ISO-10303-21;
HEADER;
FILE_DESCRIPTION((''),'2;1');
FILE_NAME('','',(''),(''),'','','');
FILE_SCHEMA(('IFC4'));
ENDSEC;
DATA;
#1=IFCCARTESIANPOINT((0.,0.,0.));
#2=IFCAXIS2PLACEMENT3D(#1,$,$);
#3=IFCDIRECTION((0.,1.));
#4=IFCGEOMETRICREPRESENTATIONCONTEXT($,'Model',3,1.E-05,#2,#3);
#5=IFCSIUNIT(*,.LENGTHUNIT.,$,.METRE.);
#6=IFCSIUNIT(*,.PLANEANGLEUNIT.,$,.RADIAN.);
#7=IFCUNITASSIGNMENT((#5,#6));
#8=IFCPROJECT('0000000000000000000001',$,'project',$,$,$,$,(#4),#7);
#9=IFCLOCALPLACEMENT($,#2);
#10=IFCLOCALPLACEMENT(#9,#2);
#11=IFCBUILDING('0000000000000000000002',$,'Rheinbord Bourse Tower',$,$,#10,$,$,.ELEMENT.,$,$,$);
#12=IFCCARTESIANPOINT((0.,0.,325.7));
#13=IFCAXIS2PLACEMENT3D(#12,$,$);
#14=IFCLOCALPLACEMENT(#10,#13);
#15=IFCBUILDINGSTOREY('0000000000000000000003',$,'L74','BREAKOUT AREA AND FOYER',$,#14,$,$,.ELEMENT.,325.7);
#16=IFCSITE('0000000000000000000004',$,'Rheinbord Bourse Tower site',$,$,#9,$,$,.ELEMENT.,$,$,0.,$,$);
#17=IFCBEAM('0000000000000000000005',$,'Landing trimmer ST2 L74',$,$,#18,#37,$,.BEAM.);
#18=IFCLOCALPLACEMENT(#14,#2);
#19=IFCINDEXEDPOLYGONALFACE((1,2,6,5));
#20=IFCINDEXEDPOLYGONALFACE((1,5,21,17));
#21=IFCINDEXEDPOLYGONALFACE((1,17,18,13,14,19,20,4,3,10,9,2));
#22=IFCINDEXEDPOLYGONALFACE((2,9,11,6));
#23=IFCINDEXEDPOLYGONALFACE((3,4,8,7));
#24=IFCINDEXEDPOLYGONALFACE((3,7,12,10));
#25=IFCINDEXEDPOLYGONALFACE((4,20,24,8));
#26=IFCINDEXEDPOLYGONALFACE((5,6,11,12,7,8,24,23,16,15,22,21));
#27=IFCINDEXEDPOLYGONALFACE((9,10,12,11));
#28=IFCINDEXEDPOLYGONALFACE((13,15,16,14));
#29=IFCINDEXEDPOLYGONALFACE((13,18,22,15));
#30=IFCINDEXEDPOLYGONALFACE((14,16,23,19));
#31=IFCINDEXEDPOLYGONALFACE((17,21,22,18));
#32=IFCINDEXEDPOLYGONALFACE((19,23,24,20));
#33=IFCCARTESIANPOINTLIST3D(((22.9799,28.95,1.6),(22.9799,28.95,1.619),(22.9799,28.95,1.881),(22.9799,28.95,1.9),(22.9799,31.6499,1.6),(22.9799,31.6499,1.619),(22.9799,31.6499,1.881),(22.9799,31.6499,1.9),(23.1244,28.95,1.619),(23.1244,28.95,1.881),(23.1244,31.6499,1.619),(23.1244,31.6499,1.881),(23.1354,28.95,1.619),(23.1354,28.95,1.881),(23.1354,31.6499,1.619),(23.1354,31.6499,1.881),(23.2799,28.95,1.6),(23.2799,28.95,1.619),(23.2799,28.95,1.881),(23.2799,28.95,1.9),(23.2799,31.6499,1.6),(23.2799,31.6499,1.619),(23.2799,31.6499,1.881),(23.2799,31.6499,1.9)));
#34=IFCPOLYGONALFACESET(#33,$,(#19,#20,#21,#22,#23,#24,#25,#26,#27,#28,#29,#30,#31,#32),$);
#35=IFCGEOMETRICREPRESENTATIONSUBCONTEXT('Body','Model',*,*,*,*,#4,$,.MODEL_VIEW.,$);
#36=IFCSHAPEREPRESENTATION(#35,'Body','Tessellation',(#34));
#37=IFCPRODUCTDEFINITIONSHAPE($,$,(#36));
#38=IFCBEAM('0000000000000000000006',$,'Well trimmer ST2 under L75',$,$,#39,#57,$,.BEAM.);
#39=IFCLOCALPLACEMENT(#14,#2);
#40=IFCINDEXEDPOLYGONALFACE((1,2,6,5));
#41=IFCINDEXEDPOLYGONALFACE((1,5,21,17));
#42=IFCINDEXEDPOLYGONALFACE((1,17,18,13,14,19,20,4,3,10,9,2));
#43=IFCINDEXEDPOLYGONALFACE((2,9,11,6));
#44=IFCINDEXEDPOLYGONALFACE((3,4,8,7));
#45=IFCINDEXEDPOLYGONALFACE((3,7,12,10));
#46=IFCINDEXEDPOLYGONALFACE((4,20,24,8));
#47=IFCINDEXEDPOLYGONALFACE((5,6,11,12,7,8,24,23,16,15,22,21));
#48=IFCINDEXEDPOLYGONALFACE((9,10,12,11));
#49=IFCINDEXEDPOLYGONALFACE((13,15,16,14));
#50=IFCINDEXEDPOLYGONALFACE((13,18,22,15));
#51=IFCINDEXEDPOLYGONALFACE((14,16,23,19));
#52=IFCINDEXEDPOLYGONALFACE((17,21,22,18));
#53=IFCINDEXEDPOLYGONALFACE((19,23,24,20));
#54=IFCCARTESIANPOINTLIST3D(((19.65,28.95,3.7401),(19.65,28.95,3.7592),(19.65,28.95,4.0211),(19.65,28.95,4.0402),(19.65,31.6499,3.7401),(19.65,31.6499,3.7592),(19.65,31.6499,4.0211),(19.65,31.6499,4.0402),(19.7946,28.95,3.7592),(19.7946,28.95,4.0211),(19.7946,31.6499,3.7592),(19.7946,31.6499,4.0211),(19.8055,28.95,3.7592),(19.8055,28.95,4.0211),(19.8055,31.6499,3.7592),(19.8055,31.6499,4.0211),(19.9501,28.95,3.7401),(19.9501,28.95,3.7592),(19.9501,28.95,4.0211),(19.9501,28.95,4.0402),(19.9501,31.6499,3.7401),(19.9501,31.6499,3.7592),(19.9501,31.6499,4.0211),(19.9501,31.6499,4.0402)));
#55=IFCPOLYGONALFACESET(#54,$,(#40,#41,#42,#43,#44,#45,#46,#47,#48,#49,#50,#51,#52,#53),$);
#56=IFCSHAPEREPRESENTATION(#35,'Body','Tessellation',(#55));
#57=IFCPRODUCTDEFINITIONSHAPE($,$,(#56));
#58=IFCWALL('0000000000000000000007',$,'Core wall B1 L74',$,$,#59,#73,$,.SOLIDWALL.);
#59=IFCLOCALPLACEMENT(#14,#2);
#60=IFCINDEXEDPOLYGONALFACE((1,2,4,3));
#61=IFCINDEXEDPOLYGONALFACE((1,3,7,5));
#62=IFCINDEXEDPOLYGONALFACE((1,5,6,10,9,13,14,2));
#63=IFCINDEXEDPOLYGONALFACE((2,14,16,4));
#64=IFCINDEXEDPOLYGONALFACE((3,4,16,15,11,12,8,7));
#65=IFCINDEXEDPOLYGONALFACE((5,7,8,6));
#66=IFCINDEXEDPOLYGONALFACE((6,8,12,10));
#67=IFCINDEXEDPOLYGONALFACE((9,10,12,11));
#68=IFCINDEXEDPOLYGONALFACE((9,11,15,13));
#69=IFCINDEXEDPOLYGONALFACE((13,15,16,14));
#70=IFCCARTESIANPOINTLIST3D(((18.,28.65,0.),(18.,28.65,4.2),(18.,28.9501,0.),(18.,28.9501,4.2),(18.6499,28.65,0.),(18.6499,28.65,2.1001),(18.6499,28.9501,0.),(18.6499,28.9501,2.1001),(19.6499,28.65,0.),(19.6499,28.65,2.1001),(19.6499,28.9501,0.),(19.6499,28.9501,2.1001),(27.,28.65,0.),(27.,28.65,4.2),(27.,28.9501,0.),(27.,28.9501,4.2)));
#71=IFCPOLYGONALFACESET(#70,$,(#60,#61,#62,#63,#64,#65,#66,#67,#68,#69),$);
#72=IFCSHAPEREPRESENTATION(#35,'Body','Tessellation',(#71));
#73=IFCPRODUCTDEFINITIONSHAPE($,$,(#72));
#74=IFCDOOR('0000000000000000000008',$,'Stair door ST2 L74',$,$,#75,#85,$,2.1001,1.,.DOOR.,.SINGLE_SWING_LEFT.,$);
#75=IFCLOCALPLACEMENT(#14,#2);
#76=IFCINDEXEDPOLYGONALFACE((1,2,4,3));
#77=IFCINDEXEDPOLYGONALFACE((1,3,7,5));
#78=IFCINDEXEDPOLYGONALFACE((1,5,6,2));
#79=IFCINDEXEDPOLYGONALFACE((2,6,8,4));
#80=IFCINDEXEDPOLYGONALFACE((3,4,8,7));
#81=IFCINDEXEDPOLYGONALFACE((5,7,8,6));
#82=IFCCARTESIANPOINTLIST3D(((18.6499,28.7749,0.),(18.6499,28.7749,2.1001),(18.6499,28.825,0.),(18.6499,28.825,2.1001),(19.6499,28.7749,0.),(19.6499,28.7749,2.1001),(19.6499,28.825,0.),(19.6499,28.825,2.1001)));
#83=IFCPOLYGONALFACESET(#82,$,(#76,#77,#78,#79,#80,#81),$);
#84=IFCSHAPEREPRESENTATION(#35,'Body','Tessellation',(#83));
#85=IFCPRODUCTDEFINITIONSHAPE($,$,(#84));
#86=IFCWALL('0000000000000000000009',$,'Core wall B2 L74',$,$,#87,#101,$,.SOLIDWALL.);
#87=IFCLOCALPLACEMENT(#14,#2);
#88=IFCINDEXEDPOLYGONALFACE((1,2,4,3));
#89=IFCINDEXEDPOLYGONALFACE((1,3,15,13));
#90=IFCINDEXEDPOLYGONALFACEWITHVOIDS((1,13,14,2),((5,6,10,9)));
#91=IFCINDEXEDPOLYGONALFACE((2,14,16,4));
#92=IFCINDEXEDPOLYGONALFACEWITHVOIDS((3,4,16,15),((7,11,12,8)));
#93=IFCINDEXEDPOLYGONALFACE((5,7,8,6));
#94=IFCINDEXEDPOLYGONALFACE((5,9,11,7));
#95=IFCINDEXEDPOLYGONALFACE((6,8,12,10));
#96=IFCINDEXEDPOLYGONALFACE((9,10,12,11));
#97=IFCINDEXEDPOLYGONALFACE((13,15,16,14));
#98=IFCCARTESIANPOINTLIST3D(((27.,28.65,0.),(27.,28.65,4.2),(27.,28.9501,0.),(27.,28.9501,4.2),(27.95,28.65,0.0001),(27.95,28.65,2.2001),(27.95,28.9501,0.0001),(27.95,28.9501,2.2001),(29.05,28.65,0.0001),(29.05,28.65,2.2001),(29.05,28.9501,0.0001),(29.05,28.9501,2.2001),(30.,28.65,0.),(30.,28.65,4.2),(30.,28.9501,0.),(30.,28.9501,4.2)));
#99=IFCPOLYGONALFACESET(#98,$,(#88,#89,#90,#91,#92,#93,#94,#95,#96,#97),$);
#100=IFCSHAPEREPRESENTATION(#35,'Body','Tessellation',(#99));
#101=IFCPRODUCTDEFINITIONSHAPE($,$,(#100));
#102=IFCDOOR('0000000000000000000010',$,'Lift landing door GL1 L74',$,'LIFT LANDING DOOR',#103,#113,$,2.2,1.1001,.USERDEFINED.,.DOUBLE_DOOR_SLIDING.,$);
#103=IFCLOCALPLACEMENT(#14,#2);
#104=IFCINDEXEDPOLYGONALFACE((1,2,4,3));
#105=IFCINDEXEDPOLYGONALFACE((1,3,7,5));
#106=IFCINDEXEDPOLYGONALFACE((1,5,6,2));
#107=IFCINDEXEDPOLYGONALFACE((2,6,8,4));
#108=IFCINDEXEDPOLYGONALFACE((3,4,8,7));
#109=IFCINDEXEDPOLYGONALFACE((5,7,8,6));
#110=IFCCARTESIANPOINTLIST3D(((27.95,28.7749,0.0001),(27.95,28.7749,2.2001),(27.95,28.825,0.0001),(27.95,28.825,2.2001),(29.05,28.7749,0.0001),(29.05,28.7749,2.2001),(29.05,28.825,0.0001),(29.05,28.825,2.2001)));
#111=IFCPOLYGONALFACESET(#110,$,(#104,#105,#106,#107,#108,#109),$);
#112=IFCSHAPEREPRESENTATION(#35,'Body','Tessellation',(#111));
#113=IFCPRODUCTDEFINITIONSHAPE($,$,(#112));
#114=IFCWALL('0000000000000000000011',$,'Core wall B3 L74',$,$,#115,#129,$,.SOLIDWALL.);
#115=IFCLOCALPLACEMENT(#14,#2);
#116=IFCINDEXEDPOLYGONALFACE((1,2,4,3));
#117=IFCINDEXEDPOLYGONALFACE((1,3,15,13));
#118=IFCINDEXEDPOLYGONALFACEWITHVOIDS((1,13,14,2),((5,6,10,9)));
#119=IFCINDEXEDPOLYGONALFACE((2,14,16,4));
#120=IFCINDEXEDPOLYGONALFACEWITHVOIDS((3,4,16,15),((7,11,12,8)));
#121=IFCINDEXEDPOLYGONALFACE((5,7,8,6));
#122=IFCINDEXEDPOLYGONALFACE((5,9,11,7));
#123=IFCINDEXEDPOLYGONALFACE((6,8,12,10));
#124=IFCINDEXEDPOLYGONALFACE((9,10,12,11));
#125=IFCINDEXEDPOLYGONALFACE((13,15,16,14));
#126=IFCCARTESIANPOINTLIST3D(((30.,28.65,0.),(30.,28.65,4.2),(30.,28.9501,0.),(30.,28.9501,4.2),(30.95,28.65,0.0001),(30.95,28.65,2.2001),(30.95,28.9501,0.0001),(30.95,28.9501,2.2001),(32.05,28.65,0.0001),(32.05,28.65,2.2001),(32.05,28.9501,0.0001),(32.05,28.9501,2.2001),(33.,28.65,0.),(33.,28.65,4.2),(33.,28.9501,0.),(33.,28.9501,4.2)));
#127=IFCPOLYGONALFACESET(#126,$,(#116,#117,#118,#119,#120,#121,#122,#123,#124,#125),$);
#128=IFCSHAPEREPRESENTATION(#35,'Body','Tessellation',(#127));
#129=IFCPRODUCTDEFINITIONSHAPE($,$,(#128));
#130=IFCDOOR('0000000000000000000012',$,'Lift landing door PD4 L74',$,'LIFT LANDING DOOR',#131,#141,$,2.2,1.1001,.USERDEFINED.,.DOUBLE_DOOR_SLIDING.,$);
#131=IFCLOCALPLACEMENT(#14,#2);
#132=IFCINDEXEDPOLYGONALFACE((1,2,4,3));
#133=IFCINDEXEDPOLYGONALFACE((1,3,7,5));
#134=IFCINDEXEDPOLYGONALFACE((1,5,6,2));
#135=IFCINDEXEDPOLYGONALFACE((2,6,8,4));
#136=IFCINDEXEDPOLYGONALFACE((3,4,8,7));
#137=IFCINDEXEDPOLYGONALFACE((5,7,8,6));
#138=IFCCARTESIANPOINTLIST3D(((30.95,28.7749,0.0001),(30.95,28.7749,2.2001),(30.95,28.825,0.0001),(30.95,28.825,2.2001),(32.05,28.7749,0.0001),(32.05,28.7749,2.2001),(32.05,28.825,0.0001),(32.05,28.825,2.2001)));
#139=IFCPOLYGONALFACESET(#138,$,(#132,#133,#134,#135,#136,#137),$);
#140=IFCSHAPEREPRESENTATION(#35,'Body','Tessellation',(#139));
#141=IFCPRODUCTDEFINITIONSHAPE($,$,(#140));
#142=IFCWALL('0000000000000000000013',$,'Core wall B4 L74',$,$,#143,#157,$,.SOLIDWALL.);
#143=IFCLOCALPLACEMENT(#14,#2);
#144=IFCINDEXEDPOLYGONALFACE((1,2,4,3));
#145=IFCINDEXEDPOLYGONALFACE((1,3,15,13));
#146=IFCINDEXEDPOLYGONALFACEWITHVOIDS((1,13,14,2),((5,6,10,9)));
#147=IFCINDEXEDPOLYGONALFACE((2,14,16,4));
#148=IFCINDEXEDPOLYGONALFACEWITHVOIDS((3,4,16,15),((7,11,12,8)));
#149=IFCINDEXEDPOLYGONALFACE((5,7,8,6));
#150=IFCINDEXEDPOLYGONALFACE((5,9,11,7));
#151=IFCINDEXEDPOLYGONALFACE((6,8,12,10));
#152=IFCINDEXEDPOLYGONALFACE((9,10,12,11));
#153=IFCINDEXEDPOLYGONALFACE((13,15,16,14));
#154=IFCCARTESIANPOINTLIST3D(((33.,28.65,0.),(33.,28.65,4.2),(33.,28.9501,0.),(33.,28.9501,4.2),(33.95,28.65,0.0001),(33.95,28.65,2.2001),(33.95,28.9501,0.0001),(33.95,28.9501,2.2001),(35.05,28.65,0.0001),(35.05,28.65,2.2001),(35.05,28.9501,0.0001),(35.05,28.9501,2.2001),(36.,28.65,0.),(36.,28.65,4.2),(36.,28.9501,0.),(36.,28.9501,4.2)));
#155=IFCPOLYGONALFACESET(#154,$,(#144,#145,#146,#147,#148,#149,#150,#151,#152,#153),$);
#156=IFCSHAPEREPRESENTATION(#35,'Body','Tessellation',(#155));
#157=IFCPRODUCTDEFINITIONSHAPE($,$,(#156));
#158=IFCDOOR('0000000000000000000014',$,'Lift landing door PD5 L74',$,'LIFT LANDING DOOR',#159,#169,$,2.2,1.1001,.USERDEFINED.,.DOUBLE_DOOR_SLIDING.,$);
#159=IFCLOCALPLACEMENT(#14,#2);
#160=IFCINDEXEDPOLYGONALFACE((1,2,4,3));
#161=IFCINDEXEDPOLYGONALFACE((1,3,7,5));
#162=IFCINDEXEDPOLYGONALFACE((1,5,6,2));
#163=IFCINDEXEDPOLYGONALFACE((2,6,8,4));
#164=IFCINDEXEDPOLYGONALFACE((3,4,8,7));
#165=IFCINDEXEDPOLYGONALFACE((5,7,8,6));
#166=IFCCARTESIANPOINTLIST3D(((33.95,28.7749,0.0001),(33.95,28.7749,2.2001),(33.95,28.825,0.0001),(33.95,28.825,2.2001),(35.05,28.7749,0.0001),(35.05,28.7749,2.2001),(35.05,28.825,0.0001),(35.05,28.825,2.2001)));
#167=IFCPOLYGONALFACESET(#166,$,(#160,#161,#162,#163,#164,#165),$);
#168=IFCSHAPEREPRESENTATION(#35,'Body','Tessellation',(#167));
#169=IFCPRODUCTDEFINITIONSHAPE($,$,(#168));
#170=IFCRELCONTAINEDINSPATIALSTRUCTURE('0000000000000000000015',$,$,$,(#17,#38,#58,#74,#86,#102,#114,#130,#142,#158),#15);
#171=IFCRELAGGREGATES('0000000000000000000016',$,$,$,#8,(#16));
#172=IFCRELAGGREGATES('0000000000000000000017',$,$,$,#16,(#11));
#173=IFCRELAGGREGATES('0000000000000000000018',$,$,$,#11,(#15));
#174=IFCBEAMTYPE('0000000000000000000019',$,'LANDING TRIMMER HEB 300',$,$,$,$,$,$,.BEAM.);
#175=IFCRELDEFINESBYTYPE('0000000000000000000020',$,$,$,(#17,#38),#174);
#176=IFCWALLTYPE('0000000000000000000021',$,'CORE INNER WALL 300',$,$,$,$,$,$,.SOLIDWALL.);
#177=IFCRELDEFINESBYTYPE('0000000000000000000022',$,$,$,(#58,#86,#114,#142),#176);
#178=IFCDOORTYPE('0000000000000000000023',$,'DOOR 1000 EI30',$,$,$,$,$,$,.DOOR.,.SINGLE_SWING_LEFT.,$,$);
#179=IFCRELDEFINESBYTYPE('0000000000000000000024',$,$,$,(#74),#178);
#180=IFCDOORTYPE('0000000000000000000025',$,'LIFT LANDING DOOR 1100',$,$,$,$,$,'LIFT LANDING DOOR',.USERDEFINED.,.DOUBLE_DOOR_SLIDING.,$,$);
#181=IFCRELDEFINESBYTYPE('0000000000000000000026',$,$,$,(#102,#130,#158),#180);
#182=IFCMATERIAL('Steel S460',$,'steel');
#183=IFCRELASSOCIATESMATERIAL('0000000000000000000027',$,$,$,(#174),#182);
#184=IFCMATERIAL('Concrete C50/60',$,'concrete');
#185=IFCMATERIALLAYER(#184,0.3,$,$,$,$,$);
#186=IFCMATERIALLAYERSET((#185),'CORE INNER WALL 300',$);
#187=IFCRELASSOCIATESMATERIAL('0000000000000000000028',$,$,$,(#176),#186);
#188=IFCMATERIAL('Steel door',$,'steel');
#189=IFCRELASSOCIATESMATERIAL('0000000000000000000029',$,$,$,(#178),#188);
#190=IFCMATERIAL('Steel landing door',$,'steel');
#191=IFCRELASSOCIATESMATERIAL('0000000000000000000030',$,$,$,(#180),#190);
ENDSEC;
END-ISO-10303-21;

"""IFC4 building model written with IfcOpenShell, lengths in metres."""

from ifc_helpers import new_model, si_unit, direction, frame, frame_2d, origin, origin_2d, place, context, subcontext, project, spatial, rectangle, i_section, extrude, material, layer, layer_set, material_profile, profile_set, type_object, element, fill, save


model = new_model("IFC4")

# Units and contexts
model_context = context("Model", 3, precision=1e-05, world=origin(), true_north=direction((0.0, 1.0)))
body_context = subcontext(model_context, "Body", "Model", "MODEL_VIEW")
ifc_project = project(units=[si_unit("LENGTHUNIT", "METRE"), si_unit("PLANEANGLEUNIT", "RADIAN")], contexts=[model_context])

# Site, building, storey
site_placement = place(None, origin())
site = spatial("IfcSite", under=ifc_project, at=site_placement, Name="Rheinbord Bourse Tower site", CompositionType="ELEMENT", RefElevation=0.0)
building_placement = place(site_placement, origin())
building = spatial("IfcBuilding", under=site, at=building_placement, Name="Rheinbord Bourse Tower", CompositionType="ELEMENT")
storey_placement = place(building_placement, frame((0.0, 0.0, 325.7)))
storey = spatial("IfcBuildingStorey", under=building, at=storey_placement, Name="L74", Description="BREAKOUT AREA AND FOYER", CompositionType="ELEMENT", Elevation=325.7)

# Beams
ifc_material_1 = material(Name="Steel S460", Category="steel")
ifc_material_profile = material_profile(ifc_material_1, i_section(OverallWidth=0.3, OverallDepth=0.3, WebThickness=0.011, FlangeThickness=0.019, at=origin_2d()), Name="HEB 300")
ifc_profile_set = profile_set([ifc_material_profile], Name="Steel S460")
beam_type = type_object("IfcBeamType", Name="LANDING TRIMMER HEB 300", PredefinedType="BEAM", material=ifc_profile_set)
for number, where, z_axis, x_axis, name in (
    (1, (23.1299, 28.95, 1.75), (0.0, 1.0, 0.0), (-1.0, 0.0, 0.0), "Landing trimmer ST2 L74"),
    (2, (19.8, 28.95, 3.8901), (0.0, 1.0, 0.0), (-1.0, 0.0, 0.0), "Well trimmer ST2 under L75"),
):
    element("IfcBeam", number, at=place(storey_placement, frame(where, z_axis=z_axis, x_axis=x_axis)), inside=storey, type_object=beam_type, Name=name, PredefinedType="BEAM", context=body_context, shape_type="SweptSolid", body=[
        extrude(i_section(OverallWidth=0.3, OverallDepth=0.3, WebThickness=0.011, FlangeThickness=0.019, at=origin_2d()), origin(), (0.0, 0.0, 1.0), 2.7),
    ])

# Walls, openings, doors
ifc_material_2 = material(Name="Concrete C50/60", Category="concrete")
ifc_layer_1 = layer(ifc_material_2, 0.3)
ifc_layer_set_1 = layer_set([ifc_layer_1], Name="CORE INNER WALL 300")
wall_type_1 = type_object("IfcWallType", Name="CORE INNER WALL 300", PredefinedType="SOLIDWALL", material=ifc_layer_set_1)
wall_1_placement = place(storey_placement, frame((18.0, 28.8, 0.0), z_axis=(0.0, 0.0, 1.0), x_axis=(1.0, 0.0, 0.0)))
wall_1 = element("IfcWall", 3, at=wall_1_placement, inside=storey, type_object=wall_type_1, Name="Core wall B1 L74", PredefinedType="SOLIDWALL", context=body_context, shape_type="SweptSolid", body=[
    extrude(rectangle(XDim=9.0, YDim=0.3, at=frame_2d((4.5, 0.0))), origin(), (0.0, 0.0, 1.0), 4.2),
])
opening_1_placement = place(wall_1_placement, frame((0.6499, 0.0, 0.0)))
opening_1 = element("IfcOpeningElement", 4, at=opening_1_placement, cuts=wall_1, PredefinedType="OPENING", context=body_context, shape_type="SweptSolid", body=[
    extrude(rectangle(XDim=1.0, YDim=2.1001, at=frame_2d((0.5, 1.05))), frame((0.0, 0.1599, 0.0), z_axis=(0.0, -1.0, 0.0), x_axis=(1.0, 0.0, 0.0)), (0.0, 0.0, 1.0), 0.3201),
])
ifc_material_3 = material(Name="Steel door", Category="steel")
door_type_1 = type_object("IfcDoorType", Name="DOOR 1000 EI30", OperationType="SINGLE_SWING_LEFT", PredefinedType="DOOR", material=ifc_material_3)
door_1_placement = place(opening_1_placement, origin())
door_1 = element("IfcDoor", 5, at=door_1_placement, inside=storey, type_object=door_type_1, Name="Stair door ST2 L74", OperationType="SINGLE_SWING_LEFT", OverallHeight=2.1001, OverallWidth=1.0, PredefinedType="DOOR", context=body_context, shape_type="SweptSolid", body=[
    extrude(rectangle(XDim=1.0, YDim=2.1001, at=frame_2d((0.5, 1.05))), frame((0.0, 0.0249, 0.0), z_axis=(0.0, -1.0, 0.0), x_axis=(1.0, 0.0, 0.0)), (0.0, 0.0, 1.0), 0.05),
])
fill(opening_1, door_1)
wall_2_placement = place(storey_placement, frame((27.0, 28.8, 0.0), z_axis=(0.0, 0.0, 1.0), x_axis=(1.0, 0.0, 0.0)))
wall_2 = element("IfcWall", 6, at=wall_2_placement, inside=storey, type_object=wall_type_1, Name="Core wall B2 L74", PredefinedType="SOLIDWALL", context=body_context, shape_type="SweptSolid", body=[
    extrude(rectangle(XDim=3.0, YDim=0.3, at=frame_2d((1.5, 0.0))), origin(), (0.0, 0.0, 1.0), 4.2),
])
opening_2_placement = place(wall_2_placement, frame((0.95, 0.0, 0.0)))
opening_2 = element("IfcOpeningElement", 7, at=opening_2_placement, cuts=wall_2, PredefinedType="OPENING", context=body_context, shape_type="SweptSolid", body=[
    extrude(rectangle(XDim=1.1001, YDim=2.2, at=frame_2d((0.55, 1.1001))), frame((0.0, 0.1599, 0.0), z_axis=(0.0, -1.0, 0.0), x_axis=(1.0, 0.0, 0.0)), (0.0, 0.0, 1.0), 0.3201),
])
ifc_material_4 = material(Name="Steel landing door", Category="steel")
door_type_2 = type_object("IfcDoorType", Name="LIFT LANDING DOOR 1100", ElementType="LIFT LANDING DOOR", OperationType="DOUBLE_DOOR_SLIDING", PredefinedType="USERDEFINED", material=ifc_material_4)
door_2_placement = place(opening_2_placement, origin())
door_2 = element("IfcDoor", 8, at=door_2_placement, inside=storey, type_object=door_type_2, Name="Lift landing door GL1 L74", ObjectType="LIFT LANDING DOOR", OperationType="DOUBLE_DOOR_SLIDING", OverallHeight=2.2, OverallWidth=1.1001, PredefinedType="USERDEFINED", context=body_context, shape_type="SweptSolid", body=[
    extrude(rectangle(XDim=1.1001, YDim=2.2, at=frame_2d((0.55, 1.1001))), frame((0.0, 0.0249, 0.0), z_axis=(0.0, -1.0, 0.0), x_axis=(1.0, 0.0, 0.0)), (0.0, 0.0, 1.0), 0.05),
])
fill(opening_2, door_2)
wall_3_placement = place(storey_placement, frame((30.0, 28.8, 0.0), z_axis=(0.0, 0.0, 1.0), x_axis=(1.0, 0.0, 0.0)))
wall_3 = element("IfcWall", 9, at=wall_3_placement, inside=storey, type_object=wall_type_1, Name="Core wall B3 L74", PredefinedType="SOLIDWALL", context=body_context, shape_type="SweptSolid", body=[
    extrude(rectangle(XDim=3.0, YDim=0.3, at=frame_2d((1.5, 0.0))), origin(), (0.0, 0.0, 1.0), 4.2),
])
opening_3_placement = place(wall_3_placement, frame((0.95, 0.0, 0.0)))
opening_3 = element("IfcOpeningElement", 10, at=opening_3_placement, cuts=wall_3, PredefinedType="OPENING", context=body_context, shape_type="SweptSolid", body=[
    extrude(rectangle(XDim=1.1001, YDim=2.2, at=frame_2d((0.55, 1.1001))), frame((0.0, 0.1599, 0.0), z_axis=(0.0, -1.0, 0.0), x_axis=(1.0, 0.0, 0.0)), (0.0, 0.0, 1.0), 0.3201),
])
door_3_placement = place(opening_3_placement, origin())
door_3 = element("IfcDoor", 11, at=door_3_placement, inside=storey, type_object=door_type_2, Name="Lift landing door PD4 L74", ObjectType="LIFT LANDING DOOR", OperationType="DOUBLE_DOOR_SLIDING", OverallHeight=2.2, OverallWidth=1.1001, PredefinedType="USERDEFINED", context=body_context, shape_type="SweptSolid", body=[
    extrude(rectangle(XDim=1.1001, YDim=2.2, at=frame_2d((0.55, 1.1001))), frame((0.0, 0.0249, 0.0), z_axis=(0.0, -1.0, 0.0), x_axis=(1.0, 0.0, 0.0)), (0.0, 0.0, 1.0), 0.05),
])
fill(opening_3, door_3)
wall_4_placement = place(storey_placement, frame((33.0, 28.8, 0.0), z_axis=(0.0, 0.0, 1.0), x_axis=(1.0, 0.0, 0.0)))
wall_4 = element("IfcWall", 12, at=wall_4_placement, inside=storey, type_object=wall_type_1, Name="Core wall B4 L74", PredefinedType="SOLIDWALL", context=body_context, shape_type="SweptSolid", body=[
    extrude(rectangle(XDim=3.0, YDim=0.3, at=frame_2d((1.5, 0.0))), origin(), (0.0, 0.0, 1.0), 4.2),
])
opening_4_placement = place(wall_4_placement, frame((0.95, 0.0, 0.0)))
opening_4 = element("IfcOpeningElement", 13, at=opening_4_placement, cuts=wall_4, PredefinedType="OPENING", context=body_context, shape_type="SweptSolid", body=[
    extrude(rectangle(XDim=1.1001, YDim=2.2, at=frame_2d((0.55, 1.1001))), frame((0.0, 0.1599, 0.0), z_axis=(0.0, -1.0, 0.0), x_axis=(1.0, 0.0, 0.0)), (0.0, 0.0, 1.0), 0.3201),
])
door_4_placement = place(opening_4_placement, origin())
door_4 = element("IfcDoor", 14, at=door_4_placement, inside=storey, type_object=door_type_2, Name="Lift landing door PD5 L74", ObjectType="LIFT LANDING DOOR", OperationType="DOUBLE_DOOR_SLIDING", OverallHeight=2.2, OverallWidth=1.1001, PredefinedType="USERDEFINED", context=body_context, shape_type="SweptSolid", body=[
    extrude(rectangle(XDim=1.1001, YDim=2.2, at=frame_2d((0.55, 1.1001))), frame((0.0, 0.0249, 0.0), z_axis=(0.0, -1.0, 0.0), x_axis=(1.0, 0.0, 0.0)), (0.0, 0.0, 1.0), 0.05),
])
fill(opening_4, door_4)

save(model, "model.ifc")
